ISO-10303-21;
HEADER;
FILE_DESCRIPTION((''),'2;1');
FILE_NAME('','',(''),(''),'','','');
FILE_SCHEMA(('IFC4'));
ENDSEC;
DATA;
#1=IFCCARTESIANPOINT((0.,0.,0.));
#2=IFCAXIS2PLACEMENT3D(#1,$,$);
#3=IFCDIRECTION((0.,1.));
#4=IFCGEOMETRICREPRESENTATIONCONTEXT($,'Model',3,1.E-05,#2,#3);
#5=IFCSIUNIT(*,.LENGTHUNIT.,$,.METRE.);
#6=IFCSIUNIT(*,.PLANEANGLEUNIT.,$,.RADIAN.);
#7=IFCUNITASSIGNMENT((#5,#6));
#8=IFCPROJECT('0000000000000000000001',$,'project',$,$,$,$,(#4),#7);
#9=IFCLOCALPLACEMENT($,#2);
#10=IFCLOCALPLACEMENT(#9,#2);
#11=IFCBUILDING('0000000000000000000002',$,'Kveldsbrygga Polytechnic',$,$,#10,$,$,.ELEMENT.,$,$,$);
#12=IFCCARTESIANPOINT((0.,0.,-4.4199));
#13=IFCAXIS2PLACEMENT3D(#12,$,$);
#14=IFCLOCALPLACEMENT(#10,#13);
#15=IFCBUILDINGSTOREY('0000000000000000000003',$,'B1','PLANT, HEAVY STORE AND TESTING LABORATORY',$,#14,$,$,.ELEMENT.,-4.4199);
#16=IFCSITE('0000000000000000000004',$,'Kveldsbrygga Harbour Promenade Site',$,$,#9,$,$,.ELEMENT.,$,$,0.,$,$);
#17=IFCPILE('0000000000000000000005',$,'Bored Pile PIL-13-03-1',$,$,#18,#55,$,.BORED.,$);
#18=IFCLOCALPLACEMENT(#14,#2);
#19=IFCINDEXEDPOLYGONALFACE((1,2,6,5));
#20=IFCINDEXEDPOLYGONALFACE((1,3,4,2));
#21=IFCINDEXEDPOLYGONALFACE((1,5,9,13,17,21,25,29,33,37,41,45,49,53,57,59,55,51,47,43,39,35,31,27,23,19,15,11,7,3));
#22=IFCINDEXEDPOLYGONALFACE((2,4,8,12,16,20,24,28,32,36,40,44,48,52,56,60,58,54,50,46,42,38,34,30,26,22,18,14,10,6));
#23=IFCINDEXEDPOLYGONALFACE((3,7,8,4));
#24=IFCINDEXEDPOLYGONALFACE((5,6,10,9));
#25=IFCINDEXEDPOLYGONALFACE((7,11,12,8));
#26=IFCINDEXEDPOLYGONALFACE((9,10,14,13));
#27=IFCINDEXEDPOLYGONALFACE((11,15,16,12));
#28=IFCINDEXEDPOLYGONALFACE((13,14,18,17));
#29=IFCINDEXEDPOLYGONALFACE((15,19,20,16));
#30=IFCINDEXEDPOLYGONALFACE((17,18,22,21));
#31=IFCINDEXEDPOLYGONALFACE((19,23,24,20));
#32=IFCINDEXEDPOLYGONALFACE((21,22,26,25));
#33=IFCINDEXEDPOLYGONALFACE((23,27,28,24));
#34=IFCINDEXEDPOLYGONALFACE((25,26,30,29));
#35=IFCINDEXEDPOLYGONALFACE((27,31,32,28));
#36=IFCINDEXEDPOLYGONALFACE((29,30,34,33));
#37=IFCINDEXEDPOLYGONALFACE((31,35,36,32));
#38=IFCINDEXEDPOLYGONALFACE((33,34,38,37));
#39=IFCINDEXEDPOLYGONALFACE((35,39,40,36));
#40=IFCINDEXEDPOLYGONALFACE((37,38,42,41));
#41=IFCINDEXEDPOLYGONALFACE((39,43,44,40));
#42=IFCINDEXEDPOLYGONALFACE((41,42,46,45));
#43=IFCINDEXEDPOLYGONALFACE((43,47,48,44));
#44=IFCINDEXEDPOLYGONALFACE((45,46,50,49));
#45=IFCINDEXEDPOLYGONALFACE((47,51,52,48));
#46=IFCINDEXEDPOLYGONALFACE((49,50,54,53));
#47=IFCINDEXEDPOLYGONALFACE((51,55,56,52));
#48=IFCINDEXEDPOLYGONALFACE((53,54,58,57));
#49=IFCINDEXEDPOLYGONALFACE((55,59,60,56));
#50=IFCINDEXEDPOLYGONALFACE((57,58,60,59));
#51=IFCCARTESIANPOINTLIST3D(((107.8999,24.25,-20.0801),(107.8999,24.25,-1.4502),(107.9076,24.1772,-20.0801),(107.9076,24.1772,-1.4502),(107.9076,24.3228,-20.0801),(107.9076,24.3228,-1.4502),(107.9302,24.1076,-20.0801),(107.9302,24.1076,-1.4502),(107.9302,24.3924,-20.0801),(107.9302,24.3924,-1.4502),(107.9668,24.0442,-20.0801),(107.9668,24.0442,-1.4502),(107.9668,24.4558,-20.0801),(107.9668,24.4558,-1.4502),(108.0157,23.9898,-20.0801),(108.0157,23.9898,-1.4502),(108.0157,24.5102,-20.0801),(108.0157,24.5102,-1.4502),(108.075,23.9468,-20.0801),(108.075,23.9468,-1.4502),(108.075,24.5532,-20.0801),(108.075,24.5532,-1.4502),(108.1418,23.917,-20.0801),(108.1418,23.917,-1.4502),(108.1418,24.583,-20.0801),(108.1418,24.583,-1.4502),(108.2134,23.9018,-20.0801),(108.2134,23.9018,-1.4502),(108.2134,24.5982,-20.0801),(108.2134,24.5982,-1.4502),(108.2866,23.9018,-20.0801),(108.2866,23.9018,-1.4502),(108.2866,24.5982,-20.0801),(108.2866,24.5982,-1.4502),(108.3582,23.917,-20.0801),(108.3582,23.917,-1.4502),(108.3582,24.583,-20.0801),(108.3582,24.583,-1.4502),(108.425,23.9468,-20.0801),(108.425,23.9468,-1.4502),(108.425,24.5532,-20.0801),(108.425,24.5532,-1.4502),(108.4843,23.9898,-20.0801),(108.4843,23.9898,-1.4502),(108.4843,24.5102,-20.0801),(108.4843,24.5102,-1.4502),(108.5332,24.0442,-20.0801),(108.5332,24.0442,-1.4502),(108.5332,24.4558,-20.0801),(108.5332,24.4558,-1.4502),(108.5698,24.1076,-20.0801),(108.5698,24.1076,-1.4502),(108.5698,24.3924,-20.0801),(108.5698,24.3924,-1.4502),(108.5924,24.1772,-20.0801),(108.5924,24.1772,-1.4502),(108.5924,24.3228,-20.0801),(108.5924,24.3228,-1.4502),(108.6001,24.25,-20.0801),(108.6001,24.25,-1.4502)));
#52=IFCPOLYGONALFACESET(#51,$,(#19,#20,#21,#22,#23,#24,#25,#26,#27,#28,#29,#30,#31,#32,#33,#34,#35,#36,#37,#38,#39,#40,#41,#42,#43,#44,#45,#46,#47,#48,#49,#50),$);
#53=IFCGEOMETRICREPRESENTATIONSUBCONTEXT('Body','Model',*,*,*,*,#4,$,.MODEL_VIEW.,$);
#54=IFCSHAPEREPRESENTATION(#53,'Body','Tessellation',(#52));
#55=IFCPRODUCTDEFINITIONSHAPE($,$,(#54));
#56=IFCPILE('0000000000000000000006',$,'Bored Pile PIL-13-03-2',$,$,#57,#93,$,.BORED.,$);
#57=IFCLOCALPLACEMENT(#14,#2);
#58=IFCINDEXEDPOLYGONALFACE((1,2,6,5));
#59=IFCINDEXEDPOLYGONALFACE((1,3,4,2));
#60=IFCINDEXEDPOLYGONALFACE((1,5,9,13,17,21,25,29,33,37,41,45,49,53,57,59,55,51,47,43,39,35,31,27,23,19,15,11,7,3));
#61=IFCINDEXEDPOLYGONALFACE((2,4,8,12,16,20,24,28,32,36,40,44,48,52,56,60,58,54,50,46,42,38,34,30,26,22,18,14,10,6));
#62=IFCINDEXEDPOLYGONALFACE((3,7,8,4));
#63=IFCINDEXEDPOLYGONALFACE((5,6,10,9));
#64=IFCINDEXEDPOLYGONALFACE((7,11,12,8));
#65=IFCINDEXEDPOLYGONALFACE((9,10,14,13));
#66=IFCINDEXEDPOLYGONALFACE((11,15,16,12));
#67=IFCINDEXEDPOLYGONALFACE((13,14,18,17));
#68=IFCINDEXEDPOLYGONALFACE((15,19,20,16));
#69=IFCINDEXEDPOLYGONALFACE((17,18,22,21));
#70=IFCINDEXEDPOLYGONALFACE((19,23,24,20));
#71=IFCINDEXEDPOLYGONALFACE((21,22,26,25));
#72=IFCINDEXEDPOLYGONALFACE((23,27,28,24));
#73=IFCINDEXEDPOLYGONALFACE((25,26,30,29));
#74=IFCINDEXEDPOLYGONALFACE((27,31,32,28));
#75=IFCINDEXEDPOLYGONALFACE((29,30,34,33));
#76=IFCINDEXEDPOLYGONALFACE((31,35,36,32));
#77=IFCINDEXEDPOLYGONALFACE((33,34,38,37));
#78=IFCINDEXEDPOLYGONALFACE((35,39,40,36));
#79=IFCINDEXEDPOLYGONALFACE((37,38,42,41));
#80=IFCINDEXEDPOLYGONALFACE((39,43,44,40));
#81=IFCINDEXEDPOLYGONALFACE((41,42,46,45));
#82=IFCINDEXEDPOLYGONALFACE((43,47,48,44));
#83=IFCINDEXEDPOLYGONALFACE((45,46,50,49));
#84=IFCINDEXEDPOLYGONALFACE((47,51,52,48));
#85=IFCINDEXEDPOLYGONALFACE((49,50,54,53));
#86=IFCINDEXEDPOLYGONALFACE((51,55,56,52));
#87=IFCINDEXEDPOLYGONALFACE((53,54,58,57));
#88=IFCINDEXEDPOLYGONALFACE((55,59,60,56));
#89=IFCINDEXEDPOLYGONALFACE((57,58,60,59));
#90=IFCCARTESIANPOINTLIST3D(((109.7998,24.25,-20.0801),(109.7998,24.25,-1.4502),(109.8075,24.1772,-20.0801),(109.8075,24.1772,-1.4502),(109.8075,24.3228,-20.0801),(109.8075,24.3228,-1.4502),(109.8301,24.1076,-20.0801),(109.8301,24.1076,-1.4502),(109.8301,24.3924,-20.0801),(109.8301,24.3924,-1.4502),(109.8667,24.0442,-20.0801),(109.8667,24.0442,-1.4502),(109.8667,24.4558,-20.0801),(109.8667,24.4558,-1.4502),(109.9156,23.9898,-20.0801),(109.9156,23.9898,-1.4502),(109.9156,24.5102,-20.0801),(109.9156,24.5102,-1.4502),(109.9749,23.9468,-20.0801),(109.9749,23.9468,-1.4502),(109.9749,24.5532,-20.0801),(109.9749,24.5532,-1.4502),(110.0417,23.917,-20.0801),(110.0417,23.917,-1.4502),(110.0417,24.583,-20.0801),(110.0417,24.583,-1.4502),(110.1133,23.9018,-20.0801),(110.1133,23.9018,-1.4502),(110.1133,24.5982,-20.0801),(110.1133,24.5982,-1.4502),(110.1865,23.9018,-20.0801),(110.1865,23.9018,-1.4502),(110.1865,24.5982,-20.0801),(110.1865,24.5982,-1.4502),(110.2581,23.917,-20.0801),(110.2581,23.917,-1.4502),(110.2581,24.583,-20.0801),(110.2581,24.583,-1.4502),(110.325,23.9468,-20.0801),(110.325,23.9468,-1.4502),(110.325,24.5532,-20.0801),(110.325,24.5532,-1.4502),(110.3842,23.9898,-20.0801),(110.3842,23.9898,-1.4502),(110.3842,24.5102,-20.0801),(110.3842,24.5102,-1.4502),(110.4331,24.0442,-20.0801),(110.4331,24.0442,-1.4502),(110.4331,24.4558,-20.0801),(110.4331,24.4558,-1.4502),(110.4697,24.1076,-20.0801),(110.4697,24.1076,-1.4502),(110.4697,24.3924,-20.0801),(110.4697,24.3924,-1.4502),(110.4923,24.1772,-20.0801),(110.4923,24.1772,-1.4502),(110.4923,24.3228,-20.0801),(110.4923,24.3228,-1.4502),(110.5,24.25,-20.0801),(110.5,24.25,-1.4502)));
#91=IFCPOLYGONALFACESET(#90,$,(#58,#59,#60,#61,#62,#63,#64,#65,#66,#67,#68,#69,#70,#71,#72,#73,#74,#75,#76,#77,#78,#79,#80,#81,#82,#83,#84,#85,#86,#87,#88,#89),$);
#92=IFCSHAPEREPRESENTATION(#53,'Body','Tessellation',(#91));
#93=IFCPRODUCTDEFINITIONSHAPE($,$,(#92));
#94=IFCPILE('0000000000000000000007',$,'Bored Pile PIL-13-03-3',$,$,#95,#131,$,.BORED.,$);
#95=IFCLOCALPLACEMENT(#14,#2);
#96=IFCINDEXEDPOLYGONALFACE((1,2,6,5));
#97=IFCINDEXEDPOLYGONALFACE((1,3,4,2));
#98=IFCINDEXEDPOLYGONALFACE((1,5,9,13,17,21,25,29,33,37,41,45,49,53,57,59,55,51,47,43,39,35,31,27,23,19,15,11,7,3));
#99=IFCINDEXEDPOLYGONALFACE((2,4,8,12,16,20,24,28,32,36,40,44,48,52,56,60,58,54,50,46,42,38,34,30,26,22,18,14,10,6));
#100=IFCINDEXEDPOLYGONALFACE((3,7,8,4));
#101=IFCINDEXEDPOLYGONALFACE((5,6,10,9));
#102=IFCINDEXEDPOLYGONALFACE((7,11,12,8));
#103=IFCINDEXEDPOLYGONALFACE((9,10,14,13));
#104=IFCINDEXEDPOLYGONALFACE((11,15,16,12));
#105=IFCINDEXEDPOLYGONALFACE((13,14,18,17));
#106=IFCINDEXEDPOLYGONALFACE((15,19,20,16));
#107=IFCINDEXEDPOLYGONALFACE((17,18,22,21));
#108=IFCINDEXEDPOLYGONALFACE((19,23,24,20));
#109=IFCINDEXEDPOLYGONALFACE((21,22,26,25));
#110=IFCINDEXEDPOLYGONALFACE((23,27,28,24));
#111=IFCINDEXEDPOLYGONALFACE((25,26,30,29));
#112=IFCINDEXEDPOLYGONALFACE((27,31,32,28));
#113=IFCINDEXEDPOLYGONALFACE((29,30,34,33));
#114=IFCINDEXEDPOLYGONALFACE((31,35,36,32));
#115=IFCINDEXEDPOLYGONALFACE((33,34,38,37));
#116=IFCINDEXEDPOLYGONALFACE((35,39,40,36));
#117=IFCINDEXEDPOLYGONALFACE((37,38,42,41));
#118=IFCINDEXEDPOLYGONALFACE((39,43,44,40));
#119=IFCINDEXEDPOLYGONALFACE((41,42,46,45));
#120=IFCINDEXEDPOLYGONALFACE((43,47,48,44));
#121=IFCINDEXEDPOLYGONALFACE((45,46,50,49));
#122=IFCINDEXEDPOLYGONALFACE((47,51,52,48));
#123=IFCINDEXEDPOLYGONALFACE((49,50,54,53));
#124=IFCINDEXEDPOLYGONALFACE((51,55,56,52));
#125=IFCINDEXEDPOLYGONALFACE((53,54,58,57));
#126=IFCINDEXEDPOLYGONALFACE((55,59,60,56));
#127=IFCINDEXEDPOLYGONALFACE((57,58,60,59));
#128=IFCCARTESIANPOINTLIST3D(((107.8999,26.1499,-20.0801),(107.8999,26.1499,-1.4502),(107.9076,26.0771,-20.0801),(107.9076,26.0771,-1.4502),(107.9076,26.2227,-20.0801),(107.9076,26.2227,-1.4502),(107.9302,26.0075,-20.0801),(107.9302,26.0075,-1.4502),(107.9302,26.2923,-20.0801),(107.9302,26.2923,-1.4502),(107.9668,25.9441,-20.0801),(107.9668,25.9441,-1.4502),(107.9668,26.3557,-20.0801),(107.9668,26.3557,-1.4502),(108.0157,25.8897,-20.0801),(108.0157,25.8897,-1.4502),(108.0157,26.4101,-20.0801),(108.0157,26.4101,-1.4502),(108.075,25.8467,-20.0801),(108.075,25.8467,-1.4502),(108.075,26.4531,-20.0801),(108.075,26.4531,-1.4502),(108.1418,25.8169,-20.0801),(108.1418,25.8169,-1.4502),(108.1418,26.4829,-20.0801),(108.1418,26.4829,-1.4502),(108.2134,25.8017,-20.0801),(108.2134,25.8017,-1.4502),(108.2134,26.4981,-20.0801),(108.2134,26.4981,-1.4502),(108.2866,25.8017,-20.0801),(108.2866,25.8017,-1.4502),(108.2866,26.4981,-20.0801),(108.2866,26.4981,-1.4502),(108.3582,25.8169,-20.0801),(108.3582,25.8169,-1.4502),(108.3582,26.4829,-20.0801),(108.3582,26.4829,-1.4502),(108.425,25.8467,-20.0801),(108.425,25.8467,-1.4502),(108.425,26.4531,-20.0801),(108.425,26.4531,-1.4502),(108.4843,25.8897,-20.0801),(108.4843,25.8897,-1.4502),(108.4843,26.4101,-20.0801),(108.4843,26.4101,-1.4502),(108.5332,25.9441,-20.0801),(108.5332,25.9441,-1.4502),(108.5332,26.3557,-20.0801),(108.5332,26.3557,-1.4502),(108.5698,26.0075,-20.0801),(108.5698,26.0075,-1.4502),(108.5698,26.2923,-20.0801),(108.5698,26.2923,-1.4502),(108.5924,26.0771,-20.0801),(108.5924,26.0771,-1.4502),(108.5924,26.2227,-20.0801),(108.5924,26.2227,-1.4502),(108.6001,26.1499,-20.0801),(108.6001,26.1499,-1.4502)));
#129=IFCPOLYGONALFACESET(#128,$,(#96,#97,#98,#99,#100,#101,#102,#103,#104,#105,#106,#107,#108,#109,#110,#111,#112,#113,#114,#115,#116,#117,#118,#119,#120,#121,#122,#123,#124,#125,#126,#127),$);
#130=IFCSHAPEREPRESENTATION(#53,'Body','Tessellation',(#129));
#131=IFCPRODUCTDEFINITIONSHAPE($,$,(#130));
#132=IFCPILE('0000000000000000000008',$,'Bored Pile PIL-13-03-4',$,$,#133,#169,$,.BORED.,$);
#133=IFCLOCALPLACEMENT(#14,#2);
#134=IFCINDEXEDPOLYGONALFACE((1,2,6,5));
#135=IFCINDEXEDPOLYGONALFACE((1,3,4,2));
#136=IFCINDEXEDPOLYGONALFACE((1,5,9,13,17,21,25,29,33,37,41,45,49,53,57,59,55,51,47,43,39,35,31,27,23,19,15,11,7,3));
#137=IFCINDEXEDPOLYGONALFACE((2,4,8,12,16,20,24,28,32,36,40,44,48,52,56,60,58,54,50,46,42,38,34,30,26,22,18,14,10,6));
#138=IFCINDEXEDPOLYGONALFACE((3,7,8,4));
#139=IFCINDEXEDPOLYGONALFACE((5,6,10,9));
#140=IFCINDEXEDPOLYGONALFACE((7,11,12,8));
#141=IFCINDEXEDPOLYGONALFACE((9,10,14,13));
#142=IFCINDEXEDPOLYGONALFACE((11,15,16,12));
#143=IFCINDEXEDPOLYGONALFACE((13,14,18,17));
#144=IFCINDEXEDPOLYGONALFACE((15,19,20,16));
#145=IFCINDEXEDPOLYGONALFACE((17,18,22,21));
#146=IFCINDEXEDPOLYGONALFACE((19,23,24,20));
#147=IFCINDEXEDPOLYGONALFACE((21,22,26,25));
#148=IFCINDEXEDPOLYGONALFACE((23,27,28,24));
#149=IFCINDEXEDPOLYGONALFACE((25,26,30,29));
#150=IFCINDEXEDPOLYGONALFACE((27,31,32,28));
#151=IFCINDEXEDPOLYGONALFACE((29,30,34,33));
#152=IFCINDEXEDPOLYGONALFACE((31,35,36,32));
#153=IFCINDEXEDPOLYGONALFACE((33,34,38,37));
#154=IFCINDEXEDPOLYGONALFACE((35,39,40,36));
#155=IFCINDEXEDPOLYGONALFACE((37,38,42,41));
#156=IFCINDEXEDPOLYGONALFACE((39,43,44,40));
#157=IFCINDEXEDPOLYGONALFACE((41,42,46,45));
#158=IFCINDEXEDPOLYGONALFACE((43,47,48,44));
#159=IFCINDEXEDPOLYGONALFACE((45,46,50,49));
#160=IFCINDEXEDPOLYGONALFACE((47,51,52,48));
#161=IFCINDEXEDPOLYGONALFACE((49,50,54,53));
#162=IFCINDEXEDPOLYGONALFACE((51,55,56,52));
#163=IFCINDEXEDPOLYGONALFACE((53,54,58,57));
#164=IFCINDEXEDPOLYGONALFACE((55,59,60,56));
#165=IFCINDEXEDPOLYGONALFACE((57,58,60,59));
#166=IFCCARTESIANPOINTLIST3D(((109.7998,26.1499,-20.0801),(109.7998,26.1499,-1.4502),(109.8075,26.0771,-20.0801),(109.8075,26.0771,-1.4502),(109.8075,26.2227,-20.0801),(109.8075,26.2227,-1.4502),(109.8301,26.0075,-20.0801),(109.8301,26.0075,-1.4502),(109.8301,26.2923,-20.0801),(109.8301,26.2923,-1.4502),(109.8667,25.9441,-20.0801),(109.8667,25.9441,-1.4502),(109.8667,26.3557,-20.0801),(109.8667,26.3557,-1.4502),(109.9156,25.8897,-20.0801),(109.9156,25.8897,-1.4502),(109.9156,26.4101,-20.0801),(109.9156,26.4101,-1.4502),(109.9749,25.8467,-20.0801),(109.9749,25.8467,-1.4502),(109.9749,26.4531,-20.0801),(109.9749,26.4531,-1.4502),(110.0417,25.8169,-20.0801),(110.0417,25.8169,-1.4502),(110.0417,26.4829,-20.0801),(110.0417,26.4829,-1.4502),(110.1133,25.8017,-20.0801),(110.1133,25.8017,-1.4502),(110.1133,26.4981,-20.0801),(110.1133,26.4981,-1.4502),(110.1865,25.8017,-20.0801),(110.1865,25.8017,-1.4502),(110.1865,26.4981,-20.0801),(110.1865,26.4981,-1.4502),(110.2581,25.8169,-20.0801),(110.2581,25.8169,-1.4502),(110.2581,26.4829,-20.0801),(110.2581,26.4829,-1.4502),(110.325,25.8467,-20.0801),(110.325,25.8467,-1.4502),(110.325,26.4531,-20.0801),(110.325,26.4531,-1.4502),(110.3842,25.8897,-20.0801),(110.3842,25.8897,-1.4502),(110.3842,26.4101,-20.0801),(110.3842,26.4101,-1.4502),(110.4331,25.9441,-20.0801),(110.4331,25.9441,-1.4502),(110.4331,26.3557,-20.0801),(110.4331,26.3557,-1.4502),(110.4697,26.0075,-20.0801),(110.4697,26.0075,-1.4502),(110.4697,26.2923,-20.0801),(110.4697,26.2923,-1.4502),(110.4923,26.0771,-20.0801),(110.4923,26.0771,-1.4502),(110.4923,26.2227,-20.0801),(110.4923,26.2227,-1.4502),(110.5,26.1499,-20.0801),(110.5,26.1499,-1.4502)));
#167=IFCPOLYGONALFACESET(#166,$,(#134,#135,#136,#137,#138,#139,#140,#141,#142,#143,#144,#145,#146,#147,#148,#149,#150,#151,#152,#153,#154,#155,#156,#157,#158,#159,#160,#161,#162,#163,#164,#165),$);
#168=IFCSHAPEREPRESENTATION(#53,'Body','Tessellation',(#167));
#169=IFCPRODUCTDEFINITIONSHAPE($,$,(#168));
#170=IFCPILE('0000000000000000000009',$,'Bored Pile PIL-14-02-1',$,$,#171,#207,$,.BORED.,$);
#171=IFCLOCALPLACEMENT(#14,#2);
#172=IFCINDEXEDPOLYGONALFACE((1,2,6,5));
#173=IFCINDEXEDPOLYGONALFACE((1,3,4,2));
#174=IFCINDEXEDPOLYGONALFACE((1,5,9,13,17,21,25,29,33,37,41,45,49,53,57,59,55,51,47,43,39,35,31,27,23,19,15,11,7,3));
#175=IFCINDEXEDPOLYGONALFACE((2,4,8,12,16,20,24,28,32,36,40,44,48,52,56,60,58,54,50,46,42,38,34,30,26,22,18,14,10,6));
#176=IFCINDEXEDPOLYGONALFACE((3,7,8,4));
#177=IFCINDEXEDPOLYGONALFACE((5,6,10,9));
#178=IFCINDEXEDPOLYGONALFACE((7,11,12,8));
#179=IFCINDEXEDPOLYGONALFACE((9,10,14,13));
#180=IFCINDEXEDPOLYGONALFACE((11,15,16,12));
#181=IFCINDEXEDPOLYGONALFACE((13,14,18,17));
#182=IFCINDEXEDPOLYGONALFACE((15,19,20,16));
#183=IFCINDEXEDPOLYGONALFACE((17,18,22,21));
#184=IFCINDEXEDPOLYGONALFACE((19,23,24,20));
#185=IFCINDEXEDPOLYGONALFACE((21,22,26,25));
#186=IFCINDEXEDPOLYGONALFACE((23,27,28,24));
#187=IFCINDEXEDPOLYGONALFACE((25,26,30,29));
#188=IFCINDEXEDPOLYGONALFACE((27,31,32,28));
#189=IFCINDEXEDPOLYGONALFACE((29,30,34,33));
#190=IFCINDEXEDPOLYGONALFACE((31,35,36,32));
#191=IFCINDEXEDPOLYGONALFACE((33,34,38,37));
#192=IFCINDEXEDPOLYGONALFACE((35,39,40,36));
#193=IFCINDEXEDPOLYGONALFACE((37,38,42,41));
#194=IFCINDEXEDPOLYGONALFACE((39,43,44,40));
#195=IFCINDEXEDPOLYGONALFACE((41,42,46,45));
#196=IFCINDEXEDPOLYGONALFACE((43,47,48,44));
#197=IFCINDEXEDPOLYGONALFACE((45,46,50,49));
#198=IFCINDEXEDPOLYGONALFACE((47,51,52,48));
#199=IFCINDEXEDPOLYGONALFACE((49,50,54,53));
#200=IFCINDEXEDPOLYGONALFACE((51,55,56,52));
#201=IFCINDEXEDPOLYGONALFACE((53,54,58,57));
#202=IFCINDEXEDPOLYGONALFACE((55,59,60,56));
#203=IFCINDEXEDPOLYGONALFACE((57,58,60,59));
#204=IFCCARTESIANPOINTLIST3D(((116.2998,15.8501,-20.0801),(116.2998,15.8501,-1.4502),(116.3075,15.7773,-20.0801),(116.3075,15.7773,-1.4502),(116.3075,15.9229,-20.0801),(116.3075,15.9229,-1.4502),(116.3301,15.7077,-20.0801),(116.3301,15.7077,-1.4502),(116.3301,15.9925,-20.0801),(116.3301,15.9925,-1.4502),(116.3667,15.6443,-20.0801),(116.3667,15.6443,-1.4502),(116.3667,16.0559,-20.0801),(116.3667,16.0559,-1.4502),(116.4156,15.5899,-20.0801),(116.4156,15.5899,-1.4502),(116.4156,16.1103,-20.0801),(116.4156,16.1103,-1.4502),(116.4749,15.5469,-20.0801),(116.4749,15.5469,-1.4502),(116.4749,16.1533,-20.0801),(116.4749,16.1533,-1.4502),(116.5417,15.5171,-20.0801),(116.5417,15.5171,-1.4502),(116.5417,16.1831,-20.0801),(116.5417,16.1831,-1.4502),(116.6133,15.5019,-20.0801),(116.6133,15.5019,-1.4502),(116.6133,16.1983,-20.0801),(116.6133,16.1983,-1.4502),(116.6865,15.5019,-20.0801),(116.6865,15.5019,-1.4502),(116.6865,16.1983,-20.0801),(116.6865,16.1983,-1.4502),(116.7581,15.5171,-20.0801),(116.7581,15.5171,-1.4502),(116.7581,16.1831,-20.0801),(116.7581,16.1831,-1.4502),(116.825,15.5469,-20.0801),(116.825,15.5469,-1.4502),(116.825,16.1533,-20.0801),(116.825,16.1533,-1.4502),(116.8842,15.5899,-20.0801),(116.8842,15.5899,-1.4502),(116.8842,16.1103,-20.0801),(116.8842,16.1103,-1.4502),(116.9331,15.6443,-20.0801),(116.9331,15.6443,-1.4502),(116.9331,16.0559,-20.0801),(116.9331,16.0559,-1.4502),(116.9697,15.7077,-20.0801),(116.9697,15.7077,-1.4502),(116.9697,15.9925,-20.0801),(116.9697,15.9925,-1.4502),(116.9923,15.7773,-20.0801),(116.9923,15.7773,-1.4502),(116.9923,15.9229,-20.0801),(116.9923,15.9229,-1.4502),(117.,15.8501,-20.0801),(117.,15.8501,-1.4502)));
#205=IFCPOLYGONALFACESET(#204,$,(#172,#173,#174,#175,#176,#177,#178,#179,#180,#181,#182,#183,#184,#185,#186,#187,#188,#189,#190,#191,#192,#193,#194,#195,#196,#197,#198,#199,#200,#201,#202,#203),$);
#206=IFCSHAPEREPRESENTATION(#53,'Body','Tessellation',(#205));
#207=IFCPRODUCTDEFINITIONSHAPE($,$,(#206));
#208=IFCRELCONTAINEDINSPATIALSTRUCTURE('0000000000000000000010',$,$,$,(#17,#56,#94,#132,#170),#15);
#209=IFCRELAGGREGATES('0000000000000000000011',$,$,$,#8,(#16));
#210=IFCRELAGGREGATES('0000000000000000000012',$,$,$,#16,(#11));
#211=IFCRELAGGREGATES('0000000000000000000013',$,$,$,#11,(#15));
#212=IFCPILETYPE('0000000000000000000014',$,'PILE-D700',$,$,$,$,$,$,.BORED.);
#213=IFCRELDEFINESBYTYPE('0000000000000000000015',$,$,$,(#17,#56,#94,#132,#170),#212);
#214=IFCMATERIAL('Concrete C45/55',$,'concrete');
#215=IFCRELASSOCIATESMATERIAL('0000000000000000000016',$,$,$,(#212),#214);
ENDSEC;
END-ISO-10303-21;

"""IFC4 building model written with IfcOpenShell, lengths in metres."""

from ifc_helpers import new_model, si_unit, direction, frame, origin, origin_2d, place, context, subcontext, project, spatial, circle, extrude, material, material_profile, profile_set, type_object, element, save


model = new_model("IFC4")

# Units and contexts
model_context = context("Model", 3, precision=1e-05, world=origin(), true_north=direction((0.0, 1.0)))
body_context = subcontext(model_context, "Body", "Model", "MODEL_VIEW")
ifc_project = project(units=[si_unit("LENGTHUNIT", "METRE"), si_unit("PLANEANGLEUNIT", "RADIAN")], contexts=[model_context])

# Site, building, storey
site_placement = place(None, origin())
site = spatial("IfcSite", under=ifc_project, at=site_placement, Name="Kveldsbrygga Harbour Promenade Site", CompositionType="ELEMENT", RefElevation=0.0)
building_placement = place(site_placement, origin())
building = spatial("IfcBuilding", under=site, at=building_placement, Name="Kveldsbrygga Polytechnic", CompositionType="ELEMENT")
storey_placement = place(building_placement, frame((0.0, 0.0, -4.4199)))
storey = spatial("IfcBuildingStorey", under=building, at=storey_placement, Name="B1", Description="PLANT, HEAVY STORE AND TESTING LABORATORY", CompositionType="ELEMENT", Elevation=-4.4199)

# Shared definitions
ifc_material_1 = material(Name="Concrete C45/55", Category="concrete")

# Piles
ifc_material_profile_1 = material_profile(ifc_material_1, circle(Radius=0.3501, at=origin_2d()), Name="PILE D700")
ifc_profile_set_1 = profile_set([ifc_material_profile_1], Name="Concrete C45/55")
pile_type = type_object("IfcPileType", Name="PILE-D700", PredefinedType="BORED", material=ifc_profile_set_1)
for number, where, z_axis, x_axis, name in (
    (1, (108.25, 24.25, -1.4502), (0.0, 0.0, -1.0), (1.0, 0.0, 0.0), "Bored Pile PIL-13-03-1"),
    (2, (110.1499, 24.25, -1.4502), (0.0, 0.0, -1.0), (1.0, 0.0, 0.0), "Bored Pile PIL-13-03-2"),
    (3, (108.25, 26.1499, -1.4502), (0.0, 0.0, -1.0), (1.0, 0.0, 0.0), "Bored Pile PIL-13-03-3"),
    (4, (110.1499, 26.1499, -1.4502), (0.0, 0.0, -1.0), (1.0, 0.0, 0.0), "Bored Pile PIL-13-03-4"),
    (5, (116.6499, 15.8501, -1.4502), (0.0, 0.0, -1.0), (1.0, 0.0, 0.0), "Bored Pile PIL-14-02-1"),
):
    element("IfcPile", number, at=place(storey_placement, frame(where, z_axis=z_axis, x_axis=x_axis)), inside=storey, type_object=pile_type, Name=name, PredefinedType="BORED", context=body_context, shape_type="SweptSolid", body=[
        extrude(circle(Radius=0.3501, at=origin_2d()), origin(), (0.0, 0.0, 1.0), 18.6299),
    ])

save(model, "model.ifc")
